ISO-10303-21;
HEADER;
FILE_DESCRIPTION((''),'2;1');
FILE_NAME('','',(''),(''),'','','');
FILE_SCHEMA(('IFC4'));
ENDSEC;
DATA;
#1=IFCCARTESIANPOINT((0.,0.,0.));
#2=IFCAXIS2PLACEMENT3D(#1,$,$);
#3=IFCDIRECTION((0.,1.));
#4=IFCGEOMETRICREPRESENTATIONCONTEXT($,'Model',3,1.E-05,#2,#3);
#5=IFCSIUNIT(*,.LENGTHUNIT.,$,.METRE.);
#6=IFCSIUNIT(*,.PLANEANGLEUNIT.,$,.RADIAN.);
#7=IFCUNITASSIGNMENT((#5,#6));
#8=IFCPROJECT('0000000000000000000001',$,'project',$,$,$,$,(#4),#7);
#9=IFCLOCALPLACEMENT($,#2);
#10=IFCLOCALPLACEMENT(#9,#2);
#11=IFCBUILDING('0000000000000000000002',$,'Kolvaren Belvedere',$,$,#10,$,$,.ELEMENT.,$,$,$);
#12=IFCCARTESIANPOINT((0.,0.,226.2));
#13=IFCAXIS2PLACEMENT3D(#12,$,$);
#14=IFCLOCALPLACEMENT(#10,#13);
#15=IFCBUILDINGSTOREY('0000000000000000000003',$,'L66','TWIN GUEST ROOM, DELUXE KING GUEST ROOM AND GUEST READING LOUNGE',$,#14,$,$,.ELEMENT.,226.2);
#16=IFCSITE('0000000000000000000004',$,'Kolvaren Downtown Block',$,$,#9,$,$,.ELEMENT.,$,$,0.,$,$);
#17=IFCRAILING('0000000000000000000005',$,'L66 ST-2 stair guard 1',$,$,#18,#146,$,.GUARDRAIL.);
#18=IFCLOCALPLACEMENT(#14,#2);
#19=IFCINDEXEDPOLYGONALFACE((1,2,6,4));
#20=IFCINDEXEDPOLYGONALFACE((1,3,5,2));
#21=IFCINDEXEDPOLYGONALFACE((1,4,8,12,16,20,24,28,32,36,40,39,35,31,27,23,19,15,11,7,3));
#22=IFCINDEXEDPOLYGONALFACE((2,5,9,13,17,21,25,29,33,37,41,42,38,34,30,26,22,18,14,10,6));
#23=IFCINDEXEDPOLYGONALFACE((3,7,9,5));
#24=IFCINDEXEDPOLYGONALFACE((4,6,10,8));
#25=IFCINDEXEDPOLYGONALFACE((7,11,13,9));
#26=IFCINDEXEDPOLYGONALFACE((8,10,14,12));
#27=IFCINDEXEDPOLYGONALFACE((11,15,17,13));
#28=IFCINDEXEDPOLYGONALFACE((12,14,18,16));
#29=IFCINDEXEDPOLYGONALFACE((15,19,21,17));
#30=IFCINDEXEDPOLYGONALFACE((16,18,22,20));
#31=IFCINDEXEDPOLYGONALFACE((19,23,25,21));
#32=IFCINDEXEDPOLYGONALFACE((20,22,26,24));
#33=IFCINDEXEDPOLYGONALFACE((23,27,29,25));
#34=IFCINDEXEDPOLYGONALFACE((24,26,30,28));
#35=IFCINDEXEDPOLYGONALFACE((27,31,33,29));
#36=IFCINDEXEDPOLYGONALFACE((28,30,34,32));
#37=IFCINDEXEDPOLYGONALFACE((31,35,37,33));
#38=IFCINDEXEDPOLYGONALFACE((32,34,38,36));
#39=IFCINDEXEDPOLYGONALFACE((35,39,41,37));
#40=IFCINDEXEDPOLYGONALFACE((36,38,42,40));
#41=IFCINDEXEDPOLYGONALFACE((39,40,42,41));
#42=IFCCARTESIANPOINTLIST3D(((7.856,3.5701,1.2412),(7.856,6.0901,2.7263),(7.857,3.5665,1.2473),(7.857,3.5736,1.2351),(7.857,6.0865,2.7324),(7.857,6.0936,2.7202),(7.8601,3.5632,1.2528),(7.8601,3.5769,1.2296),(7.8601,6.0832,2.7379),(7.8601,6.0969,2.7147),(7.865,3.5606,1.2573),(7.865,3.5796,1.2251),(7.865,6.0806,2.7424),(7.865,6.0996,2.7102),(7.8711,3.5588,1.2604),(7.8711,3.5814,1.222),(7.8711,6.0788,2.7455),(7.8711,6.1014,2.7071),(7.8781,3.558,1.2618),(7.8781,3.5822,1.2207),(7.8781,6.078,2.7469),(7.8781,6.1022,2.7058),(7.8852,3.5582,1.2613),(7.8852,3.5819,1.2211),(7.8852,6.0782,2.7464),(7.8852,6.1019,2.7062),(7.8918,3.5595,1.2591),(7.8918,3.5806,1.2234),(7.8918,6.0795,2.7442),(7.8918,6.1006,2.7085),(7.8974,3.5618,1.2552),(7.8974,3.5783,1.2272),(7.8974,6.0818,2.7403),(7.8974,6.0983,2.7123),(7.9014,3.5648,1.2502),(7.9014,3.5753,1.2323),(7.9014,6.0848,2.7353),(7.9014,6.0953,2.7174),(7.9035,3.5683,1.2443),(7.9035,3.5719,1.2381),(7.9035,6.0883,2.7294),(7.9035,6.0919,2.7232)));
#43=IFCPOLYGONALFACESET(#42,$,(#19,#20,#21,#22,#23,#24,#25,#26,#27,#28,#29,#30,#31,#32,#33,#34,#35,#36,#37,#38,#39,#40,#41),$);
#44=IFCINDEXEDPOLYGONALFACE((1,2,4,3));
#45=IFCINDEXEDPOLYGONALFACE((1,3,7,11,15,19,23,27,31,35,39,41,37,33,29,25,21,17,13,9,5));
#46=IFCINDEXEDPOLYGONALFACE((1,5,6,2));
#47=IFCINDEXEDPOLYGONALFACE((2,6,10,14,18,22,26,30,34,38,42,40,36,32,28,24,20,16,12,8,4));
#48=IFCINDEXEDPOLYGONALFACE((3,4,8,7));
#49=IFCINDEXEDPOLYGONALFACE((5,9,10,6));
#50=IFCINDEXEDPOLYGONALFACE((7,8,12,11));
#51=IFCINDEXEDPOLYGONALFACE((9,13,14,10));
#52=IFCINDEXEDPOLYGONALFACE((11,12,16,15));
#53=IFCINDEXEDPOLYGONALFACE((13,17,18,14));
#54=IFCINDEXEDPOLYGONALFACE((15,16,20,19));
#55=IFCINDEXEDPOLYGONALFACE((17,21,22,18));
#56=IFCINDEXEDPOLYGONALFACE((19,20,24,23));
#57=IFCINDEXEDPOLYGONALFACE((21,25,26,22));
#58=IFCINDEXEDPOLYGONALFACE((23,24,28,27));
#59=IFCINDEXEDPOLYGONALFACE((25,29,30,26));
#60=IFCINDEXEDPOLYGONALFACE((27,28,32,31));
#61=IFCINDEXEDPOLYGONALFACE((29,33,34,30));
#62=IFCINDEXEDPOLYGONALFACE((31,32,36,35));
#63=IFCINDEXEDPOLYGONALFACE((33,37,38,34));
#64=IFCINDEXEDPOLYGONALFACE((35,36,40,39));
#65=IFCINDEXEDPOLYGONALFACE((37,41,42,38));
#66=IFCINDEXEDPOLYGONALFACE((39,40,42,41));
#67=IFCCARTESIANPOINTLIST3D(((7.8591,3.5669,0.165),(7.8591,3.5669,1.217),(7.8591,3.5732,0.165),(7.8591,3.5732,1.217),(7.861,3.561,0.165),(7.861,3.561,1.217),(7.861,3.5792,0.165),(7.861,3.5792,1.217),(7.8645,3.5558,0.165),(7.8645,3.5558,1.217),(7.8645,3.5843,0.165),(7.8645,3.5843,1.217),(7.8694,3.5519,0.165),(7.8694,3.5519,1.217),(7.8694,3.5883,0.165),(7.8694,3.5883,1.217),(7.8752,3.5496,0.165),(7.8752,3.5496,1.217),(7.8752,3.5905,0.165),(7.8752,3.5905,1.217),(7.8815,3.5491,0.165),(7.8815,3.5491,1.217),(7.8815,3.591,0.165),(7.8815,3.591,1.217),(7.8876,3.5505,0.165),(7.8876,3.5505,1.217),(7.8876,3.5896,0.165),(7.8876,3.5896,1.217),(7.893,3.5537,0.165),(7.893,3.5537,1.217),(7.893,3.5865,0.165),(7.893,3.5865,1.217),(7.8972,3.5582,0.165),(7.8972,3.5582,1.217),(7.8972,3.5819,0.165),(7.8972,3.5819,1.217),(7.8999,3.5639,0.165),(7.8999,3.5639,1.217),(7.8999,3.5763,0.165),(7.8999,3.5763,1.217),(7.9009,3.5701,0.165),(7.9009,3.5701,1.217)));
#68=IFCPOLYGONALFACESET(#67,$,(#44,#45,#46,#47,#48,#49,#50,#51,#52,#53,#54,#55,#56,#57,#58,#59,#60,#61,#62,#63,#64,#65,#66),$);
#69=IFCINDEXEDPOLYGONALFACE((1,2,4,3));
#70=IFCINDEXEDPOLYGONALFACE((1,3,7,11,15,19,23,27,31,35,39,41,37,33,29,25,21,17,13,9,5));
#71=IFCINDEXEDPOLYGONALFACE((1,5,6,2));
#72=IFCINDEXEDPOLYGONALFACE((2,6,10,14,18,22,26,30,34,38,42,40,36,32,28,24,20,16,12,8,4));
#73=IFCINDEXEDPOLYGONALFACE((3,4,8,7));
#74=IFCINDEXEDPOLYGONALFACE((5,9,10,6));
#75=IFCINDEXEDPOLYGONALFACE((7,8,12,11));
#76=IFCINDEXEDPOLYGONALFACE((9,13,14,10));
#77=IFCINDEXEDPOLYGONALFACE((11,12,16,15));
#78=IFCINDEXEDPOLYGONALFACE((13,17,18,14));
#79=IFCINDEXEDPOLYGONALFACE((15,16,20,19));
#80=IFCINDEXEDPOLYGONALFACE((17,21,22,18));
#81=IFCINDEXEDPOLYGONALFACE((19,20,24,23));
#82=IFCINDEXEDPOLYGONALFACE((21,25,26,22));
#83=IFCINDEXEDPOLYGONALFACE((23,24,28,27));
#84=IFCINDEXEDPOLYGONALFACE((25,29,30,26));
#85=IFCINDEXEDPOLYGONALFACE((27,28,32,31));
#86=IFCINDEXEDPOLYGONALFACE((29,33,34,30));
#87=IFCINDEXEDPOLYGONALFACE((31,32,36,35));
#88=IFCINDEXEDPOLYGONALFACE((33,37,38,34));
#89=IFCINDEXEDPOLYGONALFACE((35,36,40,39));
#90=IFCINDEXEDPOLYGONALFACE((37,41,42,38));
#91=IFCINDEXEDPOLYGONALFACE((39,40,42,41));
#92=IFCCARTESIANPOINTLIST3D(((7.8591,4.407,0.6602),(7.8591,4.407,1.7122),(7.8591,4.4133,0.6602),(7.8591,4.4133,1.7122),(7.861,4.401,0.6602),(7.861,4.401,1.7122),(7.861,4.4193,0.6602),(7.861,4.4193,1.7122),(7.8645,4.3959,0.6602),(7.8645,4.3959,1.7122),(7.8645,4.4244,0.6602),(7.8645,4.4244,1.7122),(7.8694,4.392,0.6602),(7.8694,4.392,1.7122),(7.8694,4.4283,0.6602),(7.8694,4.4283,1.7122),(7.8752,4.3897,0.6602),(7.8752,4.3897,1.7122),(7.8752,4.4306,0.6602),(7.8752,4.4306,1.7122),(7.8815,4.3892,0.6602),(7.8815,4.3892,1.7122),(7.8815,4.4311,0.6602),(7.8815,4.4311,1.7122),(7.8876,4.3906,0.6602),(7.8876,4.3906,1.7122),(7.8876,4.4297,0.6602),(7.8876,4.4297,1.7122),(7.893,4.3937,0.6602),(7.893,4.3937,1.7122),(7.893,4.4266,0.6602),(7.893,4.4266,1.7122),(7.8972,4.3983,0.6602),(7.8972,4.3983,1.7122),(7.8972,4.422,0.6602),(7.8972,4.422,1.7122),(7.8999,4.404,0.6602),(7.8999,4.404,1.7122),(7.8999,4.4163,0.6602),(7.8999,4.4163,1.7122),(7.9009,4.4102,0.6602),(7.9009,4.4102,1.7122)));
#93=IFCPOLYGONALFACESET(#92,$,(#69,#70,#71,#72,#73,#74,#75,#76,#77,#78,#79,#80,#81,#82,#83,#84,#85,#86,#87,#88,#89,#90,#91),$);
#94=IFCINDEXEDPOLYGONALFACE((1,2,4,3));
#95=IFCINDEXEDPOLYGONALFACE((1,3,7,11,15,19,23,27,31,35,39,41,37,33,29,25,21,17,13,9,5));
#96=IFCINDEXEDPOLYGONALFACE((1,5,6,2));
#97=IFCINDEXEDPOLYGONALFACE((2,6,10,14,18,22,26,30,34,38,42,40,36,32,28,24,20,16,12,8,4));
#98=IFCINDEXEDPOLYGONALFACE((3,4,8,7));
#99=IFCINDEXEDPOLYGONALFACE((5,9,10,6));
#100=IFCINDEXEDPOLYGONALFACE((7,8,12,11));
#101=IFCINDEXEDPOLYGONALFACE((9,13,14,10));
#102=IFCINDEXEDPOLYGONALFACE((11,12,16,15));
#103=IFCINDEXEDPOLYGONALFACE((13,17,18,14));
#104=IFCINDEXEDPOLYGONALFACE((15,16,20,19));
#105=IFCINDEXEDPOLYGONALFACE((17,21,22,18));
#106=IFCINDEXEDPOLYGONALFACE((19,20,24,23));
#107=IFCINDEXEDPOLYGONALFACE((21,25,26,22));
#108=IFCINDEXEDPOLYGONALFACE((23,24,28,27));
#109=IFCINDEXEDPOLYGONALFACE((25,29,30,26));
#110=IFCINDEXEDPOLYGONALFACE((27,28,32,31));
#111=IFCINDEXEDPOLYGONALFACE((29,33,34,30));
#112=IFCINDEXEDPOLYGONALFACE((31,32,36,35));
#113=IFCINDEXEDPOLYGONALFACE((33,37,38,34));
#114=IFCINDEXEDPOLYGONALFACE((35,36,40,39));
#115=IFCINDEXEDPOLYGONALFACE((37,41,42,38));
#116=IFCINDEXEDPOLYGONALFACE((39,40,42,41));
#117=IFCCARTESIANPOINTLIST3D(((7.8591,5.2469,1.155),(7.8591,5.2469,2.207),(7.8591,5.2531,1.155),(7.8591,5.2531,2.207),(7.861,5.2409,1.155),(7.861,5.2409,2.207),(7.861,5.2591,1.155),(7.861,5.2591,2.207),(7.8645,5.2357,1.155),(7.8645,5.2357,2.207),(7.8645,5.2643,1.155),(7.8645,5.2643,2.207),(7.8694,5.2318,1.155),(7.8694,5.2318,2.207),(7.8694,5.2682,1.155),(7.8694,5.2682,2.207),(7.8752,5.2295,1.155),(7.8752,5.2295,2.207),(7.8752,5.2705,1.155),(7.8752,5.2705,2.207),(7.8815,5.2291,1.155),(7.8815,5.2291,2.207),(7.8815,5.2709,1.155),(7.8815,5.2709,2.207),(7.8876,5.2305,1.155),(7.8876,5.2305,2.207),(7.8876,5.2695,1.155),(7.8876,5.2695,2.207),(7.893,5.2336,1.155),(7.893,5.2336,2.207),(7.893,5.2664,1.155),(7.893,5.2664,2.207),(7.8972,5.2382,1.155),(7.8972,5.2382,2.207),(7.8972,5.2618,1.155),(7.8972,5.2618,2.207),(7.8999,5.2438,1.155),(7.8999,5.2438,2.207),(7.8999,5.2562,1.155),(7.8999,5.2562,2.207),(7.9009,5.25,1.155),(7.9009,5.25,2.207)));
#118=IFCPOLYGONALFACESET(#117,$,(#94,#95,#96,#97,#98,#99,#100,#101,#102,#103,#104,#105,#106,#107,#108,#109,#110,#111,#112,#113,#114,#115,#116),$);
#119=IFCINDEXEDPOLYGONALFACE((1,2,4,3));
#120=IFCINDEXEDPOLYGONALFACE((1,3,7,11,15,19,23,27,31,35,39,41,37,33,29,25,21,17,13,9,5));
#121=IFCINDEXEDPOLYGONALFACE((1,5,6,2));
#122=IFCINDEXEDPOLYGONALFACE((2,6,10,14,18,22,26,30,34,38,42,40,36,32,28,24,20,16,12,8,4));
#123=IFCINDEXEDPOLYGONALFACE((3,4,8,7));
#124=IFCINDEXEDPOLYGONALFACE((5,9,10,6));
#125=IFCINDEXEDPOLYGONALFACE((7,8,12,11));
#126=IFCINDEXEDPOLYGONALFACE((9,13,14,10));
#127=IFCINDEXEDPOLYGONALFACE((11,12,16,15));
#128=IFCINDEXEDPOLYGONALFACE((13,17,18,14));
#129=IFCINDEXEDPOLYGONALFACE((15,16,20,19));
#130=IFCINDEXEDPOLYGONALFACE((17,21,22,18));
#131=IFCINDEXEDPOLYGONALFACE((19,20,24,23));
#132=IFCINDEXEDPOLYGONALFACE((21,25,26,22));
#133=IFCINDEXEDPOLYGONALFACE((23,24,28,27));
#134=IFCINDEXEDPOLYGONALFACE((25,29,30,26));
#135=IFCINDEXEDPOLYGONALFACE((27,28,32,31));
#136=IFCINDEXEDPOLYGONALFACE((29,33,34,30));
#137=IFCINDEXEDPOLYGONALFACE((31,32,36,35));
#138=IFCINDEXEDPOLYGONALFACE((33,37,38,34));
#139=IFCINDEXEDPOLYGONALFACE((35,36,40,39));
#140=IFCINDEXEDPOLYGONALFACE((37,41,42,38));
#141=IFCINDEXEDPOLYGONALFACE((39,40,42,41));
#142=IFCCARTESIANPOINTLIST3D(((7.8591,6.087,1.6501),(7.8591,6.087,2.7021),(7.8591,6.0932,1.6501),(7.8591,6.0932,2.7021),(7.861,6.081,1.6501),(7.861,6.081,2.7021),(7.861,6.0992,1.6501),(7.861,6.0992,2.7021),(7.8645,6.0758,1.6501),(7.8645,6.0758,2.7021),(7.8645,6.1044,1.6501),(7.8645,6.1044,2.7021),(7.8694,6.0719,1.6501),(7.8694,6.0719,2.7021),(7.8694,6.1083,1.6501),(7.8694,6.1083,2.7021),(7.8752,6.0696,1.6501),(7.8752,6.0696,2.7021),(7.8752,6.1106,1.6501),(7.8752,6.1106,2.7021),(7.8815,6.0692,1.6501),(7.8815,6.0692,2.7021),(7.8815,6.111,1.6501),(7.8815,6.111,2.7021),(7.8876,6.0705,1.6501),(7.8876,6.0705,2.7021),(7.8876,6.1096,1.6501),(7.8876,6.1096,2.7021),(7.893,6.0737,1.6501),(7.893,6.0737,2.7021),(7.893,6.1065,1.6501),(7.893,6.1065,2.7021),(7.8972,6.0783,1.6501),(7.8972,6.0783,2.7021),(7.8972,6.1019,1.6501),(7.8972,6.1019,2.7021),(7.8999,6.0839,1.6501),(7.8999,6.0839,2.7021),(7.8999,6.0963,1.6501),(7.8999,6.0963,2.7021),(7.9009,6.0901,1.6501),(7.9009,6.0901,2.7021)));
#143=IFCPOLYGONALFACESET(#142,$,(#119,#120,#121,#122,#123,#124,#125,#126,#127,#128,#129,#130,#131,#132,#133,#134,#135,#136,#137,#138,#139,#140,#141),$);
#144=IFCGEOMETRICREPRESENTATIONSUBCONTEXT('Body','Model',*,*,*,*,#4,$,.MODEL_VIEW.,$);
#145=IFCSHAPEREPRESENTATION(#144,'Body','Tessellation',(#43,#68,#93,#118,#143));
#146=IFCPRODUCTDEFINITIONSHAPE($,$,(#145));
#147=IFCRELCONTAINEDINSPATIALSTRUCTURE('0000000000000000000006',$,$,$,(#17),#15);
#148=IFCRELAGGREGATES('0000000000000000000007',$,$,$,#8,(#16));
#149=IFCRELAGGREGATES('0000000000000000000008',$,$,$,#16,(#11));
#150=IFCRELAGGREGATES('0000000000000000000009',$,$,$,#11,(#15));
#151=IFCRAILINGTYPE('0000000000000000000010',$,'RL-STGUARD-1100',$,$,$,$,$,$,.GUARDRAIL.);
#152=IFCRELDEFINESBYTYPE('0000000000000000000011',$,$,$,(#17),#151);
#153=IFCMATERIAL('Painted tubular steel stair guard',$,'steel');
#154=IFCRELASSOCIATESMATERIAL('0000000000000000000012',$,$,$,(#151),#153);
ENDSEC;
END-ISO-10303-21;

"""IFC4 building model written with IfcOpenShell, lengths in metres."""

from ifc_helpers import new_model, si_unit, direction, frame, origin, origin_2d, place, context, subcontext, project, spatial, circle, extrude, material, type_object, element, save


model = new_model("IFC4")

# Units and contexts
model_context = context("Model", 3, precision=1e-05, world=origin(), true_north=direction((0.0, 1.0)))
body_context = subcontext(model_context, "Body", "Model", "MODEL_VIEW")
ifc_project = project(units=[si_unit("LENGTHUNIT", "METRE"), si_unit("PLANEANGLEUNIT", "RADIAN")], contexts=[model_context])

# Site, building, storey
site_placement = place(None, origin())
site = spatial("IfcSite", under=ifc_project, at=site_placement, Name="Kolvaren Downtown Block", CompositionType="ELEMENT", RefElevation=0.0)
building_placement = place(site_placement, origin())
building = spatial("IfcBuilding", under=site, at=building_placement, Name="Kolvaren Belvedere", CompositionType="ELEMENT")
storey_placement = place(building_placement, frame((0.0, 0.0, 226.2)))
storey = spatial("IfcBuildingStorey", under=building, at=storey_placement, Name="L66", Description="TWIN GUEST ROOM, DELUXE KING GUEST ROOM AND GUEST READING LOUNGE", CompositionType="ELEMENT", Elevation=226.2)

# Railing
ifc_material_1 = material(Name="Painted tubular steel stair guard", Category="steel")
railing_type_1 = type_object("IfcRailingType", Name="RL-STGUARD-1100", PredefinedType="GUARDRAIL", material=ifc_material_1)
railing_1_placement = place(storey_placement, frame((7.8799, 3.5701, 0.165)))
element("IfcRailing", 1, at=railing_1_placement, inside=storey, type_object=railing_type_1, Name="L66 ST-2 stair guard 1", PredefinedType="GUARDRAIL", context=body_context, shape_type="SweptSolid", body=[
    extrude(circle(Radius=0.0239, at=origin_2d()), frame((0.0, 0.0, 1.0762), z_axis=(0.0, 0.861524, 0.507717), x_axis=(-1.0, 0.0, 0.0)), (0.0, 0.0, 1.0), 2.925),
    extrude(circle(Radius=0.021, at=origin_2d()), origin(), (0.0, 0.0, 1.0), 1.052),
    extrude(circle(Radius=0.021, at=origin_2d()), frame((0.0, 0.8401, 0.4951)), (0.0, 0.0, 1.0), 1.052),
    extrude(circle(Radius=0.021, at=origin_2d()), frame((0.0, 1.6799, 0.99)), (0.0, 0.0, 1.0), 1.052),
    extrude(circle(Radius=0.021, at=origin_2d()), frame((0.0, 2.52, 1.4851)), (0.0, 0.0, 1.0), 1.052),
])

save(model, "model.ifc")
